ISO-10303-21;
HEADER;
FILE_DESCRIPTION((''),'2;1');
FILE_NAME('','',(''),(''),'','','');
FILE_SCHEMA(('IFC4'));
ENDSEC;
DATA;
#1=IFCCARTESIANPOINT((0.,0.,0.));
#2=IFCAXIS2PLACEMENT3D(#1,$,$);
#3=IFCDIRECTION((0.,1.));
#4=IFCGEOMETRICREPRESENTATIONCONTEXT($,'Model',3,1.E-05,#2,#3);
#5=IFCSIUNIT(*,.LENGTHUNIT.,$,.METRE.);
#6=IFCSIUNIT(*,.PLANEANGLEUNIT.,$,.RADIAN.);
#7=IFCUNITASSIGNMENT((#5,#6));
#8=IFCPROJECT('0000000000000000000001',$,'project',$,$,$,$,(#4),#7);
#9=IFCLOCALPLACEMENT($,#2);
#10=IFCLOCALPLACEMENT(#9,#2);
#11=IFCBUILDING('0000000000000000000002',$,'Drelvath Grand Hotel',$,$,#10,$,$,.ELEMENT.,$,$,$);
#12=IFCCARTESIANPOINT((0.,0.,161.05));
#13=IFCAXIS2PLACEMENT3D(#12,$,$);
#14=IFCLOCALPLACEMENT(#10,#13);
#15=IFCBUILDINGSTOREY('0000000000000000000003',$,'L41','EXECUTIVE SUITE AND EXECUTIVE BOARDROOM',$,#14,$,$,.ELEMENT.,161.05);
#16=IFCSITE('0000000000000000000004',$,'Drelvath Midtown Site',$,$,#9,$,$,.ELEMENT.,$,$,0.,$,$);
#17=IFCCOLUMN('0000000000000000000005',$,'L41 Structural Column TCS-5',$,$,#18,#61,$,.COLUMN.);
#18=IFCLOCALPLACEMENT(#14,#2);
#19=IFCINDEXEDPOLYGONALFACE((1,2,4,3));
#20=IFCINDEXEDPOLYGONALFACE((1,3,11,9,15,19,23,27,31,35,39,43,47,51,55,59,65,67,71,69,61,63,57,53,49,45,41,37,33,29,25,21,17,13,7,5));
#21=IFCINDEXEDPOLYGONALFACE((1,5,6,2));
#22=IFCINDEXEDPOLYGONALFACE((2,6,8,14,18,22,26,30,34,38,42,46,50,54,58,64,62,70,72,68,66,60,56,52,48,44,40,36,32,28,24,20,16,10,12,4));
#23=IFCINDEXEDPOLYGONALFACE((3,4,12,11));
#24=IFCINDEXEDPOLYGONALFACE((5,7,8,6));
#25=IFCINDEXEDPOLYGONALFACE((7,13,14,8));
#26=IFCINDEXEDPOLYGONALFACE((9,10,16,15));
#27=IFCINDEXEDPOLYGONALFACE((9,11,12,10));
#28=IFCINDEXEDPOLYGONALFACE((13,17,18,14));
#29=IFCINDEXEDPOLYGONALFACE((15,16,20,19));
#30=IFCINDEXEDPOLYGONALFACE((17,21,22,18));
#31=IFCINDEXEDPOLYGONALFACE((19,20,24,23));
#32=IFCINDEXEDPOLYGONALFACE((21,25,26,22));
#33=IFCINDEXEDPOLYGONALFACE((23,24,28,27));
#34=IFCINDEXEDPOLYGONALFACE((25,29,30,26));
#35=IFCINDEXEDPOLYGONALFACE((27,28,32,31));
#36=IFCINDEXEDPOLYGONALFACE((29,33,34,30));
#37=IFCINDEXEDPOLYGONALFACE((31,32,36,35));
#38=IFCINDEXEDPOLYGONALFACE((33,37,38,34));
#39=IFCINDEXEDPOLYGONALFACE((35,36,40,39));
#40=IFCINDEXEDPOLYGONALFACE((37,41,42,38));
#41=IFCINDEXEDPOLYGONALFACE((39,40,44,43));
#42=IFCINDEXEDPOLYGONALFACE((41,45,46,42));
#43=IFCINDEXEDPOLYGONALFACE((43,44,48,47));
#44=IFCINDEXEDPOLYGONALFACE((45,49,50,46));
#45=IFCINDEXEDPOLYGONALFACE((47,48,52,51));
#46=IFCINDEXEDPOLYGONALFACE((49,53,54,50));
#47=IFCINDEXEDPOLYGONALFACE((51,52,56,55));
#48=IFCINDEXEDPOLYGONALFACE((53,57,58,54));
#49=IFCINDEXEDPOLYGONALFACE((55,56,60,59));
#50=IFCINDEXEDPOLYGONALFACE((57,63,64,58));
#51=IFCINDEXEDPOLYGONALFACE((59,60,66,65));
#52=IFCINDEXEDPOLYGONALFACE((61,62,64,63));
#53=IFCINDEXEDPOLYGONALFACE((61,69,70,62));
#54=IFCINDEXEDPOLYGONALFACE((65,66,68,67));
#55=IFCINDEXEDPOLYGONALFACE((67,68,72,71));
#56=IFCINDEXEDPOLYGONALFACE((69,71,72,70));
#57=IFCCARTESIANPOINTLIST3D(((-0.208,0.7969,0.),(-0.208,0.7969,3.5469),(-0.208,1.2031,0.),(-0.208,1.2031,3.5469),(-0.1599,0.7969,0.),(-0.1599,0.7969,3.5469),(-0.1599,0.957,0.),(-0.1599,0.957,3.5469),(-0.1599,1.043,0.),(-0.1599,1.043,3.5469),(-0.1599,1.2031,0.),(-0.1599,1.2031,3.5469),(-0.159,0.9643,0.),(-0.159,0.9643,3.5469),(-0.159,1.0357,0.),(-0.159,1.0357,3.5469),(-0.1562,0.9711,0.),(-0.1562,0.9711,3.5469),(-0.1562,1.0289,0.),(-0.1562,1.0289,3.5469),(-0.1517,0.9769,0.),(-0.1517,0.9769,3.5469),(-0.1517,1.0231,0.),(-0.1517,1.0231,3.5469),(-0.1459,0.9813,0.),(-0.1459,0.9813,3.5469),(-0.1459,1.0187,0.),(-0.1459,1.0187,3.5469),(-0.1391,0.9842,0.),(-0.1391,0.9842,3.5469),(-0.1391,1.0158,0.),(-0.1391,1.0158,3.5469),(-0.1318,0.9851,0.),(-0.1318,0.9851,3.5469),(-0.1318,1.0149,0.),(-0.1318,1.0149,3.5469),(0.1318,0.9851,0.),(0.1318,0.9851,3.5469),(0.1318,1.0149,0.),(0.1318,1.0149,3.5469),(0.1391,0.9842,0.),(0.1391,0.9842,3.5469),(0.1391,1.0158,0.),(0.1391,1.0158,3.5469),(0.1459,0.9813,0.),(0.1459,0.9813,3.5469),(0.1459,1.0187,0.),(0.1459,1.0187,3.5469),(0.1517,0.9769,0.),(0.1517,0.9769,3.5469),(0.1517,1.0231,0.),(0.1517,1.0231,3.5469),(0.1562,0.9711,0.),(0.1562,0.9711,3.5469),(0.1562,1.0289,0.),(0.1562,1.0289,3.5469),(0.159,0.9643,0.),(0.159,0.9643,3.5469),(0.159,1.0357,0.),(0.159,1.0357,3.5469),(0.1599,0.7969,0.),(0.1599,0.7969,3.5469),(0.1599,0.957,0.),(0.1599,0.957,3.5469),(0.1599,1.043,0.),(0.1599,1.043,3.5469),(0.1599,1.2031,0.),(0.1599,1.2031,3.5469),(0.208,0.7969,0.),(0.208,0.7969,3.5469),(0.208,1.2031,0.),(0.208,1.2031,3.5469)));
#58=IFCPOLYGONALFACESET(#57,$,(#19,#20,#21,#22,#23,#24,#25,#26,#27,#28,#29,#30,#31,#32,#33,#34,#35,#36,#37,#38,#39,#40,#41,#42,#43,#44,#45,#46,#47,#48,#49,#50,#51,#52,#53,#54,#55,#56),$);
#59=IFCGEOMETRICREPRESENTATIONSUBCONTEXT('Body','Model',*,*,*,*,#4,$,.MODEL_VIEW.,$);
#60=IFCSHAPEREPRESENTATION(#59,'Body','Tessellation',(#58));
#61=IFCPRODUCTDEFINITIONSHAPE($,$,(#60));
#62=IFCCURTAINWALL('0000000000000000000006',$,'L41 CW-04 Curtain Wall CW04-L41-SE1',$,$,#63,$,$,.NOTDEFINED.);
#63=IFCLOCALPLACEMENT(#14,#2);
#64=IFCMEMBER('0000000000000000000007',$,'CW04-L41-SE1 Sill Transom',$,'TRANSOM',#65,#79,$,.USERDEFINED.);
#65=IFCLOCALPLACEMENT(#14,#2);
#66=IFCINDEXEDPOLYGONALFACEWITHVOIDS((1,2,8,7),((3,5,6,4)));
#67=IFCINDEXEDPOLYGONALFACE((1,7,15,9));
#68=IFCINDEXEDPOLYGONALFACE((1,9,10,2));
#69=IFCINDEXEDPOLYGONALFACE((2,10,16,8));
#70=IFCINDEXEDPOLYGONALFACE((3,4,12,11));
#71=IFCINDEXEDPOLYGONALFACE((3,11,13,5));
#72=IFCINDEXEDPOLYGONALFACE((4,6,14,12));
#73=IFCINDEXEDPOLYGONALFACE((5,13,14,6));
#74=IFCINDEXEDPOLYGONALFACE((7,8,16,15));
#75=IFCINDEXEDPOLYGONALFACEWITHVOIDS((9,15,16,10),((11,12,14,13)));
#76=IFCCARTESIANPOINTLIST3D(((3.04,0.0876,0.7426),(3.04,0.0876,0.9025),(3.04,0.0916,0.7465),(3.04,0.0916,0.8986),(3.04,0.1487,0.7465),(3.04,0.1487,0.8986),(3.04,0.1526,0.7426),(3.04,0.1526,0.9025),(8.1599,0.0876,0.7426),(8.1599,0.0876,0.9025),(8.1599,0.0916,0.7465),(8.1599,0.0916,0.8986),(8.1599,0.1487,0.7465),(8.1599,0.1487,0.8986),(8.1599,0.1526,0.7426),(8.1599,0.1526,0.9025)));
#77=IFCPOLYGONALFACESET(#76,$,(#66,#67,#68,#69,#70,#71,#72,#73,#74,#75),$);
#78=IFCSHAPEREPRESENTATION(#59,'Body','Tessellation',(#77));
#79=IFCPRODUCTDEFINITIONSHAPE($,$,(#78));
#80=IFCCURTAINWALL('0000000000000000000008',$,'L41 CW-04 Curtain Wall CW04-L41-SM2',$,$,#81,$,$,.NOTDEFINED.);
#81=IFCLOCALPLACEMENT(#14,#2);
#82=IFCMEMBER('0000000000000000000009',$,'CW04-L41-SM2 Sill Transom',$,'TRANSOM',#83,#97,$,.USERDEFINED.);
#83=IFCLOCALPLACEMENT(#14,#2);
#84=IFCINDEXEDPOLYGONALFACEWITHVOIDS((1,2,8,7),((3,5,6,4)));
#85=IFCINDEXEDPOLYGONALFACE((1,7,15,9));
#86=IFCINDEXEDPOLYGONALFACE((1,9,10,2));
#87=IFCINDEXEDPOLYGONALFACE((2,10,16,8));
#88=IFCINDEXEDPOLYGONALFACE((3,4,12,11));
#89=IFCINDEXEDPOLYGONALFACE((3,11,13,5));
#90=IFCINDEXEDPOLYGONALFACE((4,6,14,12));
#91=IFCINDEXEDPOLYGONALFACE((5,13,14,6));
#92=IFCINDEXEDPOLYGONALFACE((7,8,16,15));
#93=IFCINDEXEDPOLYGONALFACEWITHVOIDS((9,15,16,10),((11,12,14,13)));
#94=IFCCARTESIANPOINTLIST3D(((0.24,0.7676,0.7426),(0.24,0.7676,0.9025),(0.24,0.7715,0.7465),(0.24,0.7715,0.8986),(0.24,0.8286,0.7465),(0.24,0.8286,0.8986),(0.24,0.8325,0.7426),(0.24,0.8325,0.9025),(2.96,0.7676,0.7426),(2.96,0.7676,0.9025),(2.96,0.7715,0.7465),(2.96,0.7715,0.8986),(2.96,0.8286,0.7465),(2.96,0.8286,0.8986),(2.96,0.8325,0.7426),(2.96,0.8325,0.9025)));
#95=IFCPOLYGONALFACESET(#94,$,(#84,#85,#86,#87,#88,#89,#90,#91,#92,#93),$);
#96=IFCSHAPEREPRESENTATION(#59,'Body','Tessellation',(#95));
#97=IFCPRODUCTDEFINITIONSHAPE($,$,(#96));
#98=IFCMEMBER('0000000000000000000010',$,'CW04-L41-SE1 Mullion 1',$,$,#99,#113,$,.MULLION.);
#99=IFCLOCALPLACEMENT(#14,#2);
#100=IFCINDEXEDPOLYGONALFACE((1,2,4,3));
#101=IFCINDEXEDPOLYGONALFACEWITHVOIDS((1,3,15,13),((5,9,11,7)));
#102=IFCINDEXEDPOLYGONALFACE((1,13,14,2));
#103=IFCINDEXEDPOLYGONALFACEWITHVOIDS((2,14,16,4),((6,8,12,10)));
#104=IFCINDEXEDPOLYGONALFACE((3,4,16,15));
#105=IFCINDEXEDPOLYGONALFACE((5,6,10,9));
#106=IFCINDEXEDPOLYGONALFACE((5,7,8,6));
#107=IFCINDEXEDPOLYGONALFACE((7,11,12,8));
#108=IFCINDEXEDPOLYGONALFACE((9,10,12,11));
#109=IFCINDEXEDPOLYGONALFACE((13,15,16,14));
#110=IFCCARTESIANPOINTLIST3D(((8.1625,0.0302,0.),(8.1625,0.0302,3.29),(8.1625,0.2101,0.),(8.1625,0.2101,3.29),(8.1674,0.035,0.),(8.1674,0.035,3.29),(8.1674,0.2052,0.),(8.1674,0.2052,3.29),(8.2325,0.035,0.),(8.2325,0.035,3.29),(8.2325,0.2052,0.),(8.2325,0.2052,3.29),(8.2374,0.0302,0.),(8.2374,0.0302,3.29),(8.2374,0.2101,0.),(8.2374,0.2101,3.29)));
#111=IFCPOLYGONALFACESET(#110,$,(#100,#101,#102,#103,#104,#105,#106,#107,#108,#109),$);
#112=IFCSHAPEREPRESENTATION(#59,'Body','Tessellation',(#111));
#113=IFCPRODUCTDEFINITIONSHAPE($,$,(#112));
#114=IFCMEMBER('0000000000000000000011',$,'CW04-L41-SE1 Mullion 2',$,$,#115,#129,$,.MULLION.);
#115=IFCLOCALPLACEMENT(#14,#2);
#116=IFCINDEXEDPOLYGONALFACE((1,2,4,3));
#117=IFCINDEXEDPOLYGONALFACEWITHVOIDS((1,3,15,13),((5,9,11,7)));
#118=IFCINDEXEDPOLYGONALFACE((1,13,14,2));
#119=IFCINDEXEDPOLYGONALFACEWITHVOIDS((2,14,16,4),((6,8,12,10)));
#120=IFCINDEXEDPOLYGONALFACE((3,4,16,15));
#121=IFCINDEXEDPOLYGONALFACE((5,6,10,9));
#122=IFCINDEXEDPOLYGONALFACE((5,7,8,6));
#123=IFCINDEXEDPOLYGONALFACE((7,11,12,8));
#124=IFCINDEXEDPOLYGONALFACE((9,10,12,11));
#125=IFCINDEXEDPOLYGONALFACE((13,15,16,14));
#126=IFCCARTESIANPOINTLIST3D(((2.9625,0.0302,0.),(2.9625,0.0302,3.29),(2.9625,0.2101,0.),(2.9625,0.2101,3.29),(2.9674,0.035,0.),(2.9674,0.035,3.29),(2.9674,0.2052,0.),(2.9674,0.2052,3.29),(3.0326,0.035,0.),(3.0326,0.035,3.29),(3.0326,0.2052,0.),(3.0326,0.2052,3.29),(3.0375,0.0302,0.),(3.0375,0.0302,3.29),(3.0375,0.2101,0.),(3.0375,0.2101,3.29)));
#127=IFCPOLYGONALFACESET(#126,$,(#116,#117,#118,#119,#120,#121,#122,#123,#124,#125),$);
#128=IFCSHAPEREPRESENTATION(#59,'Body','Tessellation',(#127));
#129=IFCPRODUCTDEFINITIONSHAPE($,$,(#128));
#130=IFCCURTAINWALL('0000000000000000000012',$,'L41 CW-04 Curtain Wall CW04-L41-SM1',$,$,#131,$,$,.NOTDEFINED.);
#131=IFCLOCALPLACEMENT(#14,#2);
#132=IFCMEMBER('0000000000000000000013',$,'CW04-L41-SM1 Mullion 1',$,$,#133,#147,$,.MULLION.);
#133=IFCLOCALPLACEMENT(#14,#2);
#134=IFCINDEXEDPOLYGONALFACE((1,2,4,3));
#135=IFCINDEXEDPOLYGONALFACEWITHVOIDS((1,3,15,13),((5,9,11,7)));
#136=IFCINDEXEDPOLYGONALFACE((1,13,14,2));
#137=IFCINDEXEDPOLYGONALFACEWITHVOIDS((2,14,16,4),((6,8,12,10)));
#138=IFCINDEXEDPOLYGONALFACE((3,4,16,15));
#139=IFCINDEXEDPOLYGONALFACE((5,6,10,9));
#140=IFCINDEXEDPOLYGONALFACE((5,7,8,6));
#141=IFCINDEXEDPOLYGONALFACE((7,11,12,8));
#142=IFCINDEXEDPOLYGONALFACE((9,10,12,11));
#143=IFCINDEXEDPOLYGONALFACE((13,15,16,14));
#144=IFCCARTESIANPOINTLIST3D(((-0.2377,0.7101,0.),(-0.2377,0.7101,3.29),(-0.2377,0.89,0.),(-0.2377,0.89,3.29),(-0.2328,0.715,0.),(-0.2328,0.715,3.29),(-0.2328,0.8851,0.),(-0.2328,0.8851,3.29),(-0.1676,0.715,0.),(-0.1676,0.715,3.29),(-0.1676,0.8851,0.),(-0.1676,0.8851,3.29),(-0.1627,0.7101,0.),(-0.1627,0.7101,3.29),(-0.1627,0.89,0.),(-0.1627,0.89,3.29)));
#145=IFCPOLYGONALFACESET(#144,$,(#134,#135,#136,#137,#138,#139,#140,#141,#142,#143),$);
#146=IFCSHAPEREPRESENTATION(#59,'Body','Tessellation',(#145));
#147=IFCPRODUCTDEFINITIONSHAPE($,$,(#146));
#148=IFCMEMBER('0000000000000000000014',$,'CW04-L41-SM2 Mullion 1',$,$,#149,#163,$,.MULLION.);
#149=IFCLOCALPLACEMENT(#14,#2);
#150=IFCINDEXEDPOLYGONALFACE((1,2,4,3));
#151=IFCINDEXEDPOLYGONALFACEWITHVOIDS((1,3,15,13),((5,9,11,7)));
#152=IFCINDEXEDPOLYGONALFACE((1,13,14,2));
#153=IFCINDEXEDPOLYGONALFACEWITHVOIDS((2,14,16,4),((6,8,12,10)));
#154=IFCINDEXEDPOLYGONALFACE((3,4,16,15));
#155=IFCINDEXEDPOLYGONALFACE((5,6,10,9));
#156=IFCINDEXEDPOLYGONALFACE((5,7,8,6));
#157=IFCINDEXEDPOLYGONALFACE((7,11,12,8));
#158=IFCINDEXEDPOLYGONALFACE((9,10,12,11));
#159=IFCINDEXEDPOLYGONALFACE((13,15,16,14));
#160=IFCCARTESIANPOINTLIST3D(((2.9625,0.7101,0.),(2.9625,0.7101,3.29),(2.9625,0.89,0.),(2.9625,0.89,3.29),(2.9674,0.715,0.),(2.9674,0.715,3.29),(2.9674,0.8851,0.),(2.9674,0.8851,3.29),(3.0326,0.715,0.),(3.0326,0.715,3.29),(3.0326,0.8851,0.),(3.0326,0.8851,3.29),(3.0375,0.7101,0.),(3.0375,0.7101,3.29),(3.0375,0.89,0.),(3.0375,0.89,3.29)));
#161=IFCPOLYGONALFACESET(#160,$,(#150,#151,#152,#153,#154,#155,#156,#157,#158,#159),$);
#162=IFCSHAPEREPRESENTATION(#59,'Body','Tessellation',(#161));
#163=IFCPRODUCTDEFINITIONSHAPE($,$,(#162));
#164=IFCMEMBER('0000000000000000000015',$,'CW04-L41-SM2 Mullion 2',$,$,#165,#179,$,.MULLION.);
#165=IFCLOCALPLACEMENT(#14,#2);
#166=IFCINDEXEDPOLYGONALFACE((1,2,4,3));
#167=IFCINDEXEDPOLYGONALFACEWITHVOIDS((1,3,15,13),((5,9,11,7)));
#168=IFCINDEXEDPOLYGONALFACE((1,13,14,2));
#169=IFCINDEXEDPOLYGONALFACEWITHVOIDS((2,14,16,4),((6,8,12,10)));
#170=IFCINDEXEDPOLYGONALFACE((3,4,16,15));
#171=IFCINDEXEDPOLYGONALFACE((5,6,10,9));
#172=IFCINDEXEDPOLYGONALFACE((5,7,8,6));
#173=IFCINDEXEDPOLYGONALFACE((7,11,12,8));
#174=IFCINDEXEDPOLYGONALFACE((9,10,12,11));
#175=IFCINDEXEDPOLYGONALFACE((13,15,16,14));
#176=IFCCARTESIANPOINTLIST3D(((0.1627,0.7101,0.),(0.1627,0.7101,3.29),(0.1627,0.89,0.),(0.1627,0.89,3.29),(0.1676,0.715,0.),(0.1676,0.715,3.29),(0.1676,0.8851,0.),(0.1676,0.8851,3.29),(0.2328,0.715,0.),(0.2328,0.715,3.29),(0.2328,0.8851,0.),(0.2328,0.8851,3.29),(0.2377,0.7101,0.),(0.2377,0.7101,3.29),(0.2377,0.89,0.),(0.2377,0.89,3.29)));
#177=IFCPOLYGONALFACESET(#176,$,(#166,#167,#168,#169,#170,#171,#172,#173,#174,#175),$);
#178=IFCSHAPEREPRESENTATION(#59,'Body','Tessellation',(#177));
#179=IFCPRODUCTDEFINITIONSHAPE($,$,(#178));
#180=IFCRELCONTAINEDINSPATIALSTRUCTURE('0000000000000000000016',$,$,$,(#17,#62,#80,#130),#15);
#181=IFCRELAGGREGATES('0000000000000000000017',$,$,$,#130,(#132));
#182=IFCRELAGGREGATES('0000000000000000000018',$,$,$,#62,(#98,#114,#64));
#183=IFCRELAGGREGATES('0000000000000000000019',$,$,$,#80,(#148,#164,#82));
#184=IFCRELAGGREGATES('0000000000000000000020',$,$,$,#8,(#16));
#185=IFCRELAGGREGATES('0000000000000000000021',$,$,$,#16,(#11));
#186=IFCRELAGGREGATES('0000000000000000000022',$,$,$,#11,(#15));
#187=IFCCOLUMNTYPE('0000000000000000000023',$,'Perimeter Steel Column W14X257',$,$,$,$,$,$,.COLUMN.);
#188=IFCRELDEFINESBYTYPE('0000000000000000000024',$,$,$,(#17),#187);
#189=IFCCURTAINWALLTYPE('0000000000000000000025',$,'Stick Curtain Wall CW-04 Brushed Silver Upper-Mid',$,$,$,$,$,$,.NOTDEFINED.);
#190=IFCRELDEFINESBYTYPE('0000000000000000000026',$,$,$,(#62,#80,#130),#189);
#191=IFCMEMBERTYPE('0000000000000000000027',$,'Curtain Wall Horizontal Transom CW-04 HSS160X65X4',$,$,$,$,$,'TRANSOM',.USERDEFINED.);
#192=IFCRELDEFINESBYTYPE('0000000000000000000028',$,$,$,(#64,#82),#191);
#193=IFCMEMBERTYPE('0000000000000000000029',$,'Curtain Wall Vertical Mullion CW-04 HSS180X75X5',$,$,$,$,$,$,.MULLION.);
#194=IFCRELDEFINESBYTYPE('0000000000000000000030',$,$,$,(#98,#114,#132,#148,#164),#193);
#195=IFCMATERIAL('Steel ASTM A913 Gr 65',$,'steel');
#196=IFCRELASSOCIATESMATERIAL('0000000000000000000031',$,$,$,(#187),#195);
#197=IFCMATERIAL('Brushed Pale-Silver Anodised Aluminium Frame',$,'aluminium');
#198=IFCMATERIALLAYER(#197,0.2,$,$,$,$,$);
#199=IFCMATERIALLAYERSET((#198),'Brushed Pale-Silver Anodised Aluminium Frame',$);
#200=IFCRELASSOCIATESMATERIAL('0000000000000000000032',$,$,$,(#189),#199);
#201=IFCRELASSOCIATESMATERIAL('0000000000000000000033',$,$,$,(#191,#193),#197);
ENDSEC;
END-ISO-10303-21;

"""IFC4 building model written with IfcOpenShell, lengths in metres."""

from ifc_helpers import new_model, si_unit, direction, frame, origin, origin_2d, place, context, subcontext, project, spatial, hollow_rectangle, i_section, extrude, material, layer, layer_set, material_profile, profile_set, type_object, element, aggregate, save


model = new_model("IFC4")

# Units and contexts
model_context = context("Model", 3, precision=1e-05, world=origin(), true_north=direction((0.0, 1.0)))
body_context = subcontext(model_context, "Body", "Model", "MODEL_VIEW")
ifc_project = project(units=[si_unit("LENGTHUNIT", "METRE"), si_unit("PLANEANGLEUNIT", "RADIAN")], contexts=[model_context])

# Site, building, storey
site_placement = place(None, origin())
site = spatial("IfcSite", under=ifc_project, at=site_placement, Name="Drelvath Midtown Site", CompositionType="ELEMENT", RefElevation=0.0)
building_placement = place(site_placement, origin())
building = spatial("IfcBuilding", under=site, at=building_placement, Name="Drelvath Grand Hotel", CompositionType="ELEMENT")
storey_placement = place(building_placement, frame((0.0, 0.0, 161.05)))
storey = spatial("IfcBuildingStorey", under=building, at=storey_placement, Name="L41", Description="EXECUTIVE SUITE AND EXECUTIVE BOARDROOM", CompositionType="ELEMENT", Elevation=161.05)

# Column
ifc_material_1 = material(Name="Steel ASTM A913 Gr 65", Category="steel")
ifc_material_profile_1 = material_profile(ifc_material_1, i_section(OverallWidth=0.4062, OverallDepth=0.416, WebThickness=0.0298, FlangeThickness=0.0481, FilletRadius=0.0281, at=origin_2d()), Name="W14X257")
ifc_profile_set_1 = profile_set([ifc_material_profile_1], Name="Steel ASTM A913 Gr 65")
column_type = type_object("IfcColumnType", Name="Perimeter Steel Column W14X257", PredefinedType="COLUMN", material=ifc_profile_set_1)
column_placement = place(storey_placement, frame((0.0, 1.0, 0.0), z_axis=(0.0, 0.0, 1.0), x_axis=(0.0, 1.0, 0.0)))
element("IfcColumn", 1, at=column_placement, inside=storey, type_object=column_type, Name="L41 Structural Column TCS-5", PredefinedType="COLUMN", context=body_context, shape_type="SweptSolid", body=[
    extrude(i_section(OverallWidth=0.4062, OverallDepth=0.416, WebThickness=0.0298, FlangeThickness=0.0481, FilletRadius=0.0281, at=origin_2d()), origin(), (0.0, 0.0, 1.0), 3.5469),
])

# Curtain walls, members
ifc_material_2 = material(Name="Brushed Pale-Silver Anodised Aluminium Frame", Category="aluminium")
ifc_layer_1 = layer(ifc_material_2, 0.2)
ifc_layer_set_1 = layer_set([ifc_layer_1], Name="Brushed Pale-Silver Anodised Aluminium Frame")
curtain_wall_type = type_object("IfcCurtainWallType", Name="Stick Curtain Wall CW-04 Brushed Silver Upper-Mid", PredefinedType="NOTDEFINED", material=ifc_layer_set_1)
curtain_wall_1_placement = place(storey_placement, origin())
curtain_wall_1 = element("IfcCurtainWall", 2, at=curtain_wall_1_placement, inside=storey, type_object=curtain_wall_type, Name="L41 CW-04 Curtain Wall CW04-L41-SE1", PredefinedType="NOTDEFINED")
ifc_material_profile_2 = material_profile(ifc_material_2, hollow_rectangle(XDim=0.0649, YDim=0.1599, WallThickness=0.0039, at=origin_2d()), Name="HSS160X65X4")
ifc_profile_set_2 = profile_set([ifc_material_profile_2], Name="Brushed Pale-Silver Anodised Aluminium Frame")
member_type_1 = type_object("IfcMemberType", Name="Curtain Wall Horizontal Transom CW-04 HSS160X65X4", ElementType="TRANSOM", PredefinedType="USERDEFINED", material=ifc_profile_set_2)
member_1_placement = place(storey_placement, frame((8.1599, 0.1201, 0.8225), z_axis=(-1.0, 0.0, 0.0), x_axis=(0.0, -1.0, 0.0)))
member_1 = element("IfcMember", 3, at=member_1_placement, type_object=member_type_1, Name="CW04-L41-SE1 Sill Transom", ObjectType="TRANSOM", PredefinedType="USERDEFINED", context=body_context, shape_type="SweptSolid", body=[
    extrude(hollow_rectangle(XDim=0.0649, YDim=0.1599, WallThickness=0.0039, at=origin_2d()), origin(), (0.0, 0.0, 1.0), 5.1199),
])
curtain_wall_2_placement = place(storey_placement, origin())
curtain_wall_2 = element("IfcCurtainWall", 4, at=curtain_wall_2_placement, inside=storey, type_object=curtain_wall_type, Name="L41 CW-04 Curtain Wall CW04-L41-SM2", PredefinedType="NOTDEFINED")
member_2_placement = place(storey_placement, frame((2.96, 0.8, 0.8225), z_axis=(-1.0, 0.0, 0.0), x_axis=(0.0, -1.0, 0.0)))
member_2 = element("IfcMember", 5, at=member_2_placement, type_object=member_type_1, Name="CW04-L41-SM2 Sill Transom", ObjectType="TRANSOM", PredefinedType="USERDEFINED", context=body_context, shape_type="SweptSolid", body=[
    extrude(hollow_rectangle(XDim=0.0649, YDim=0.1599, WallThickness=0.0039, at=origin_2d()), origin(), (0.0, 0.0, 1.0), 2.72),
])

# Members
ifc_material_profile_3 = material_profile(ifc_material_2, hollow_rectangle(XDim=0.075, YDim=0.1799, WallThickness=0.0049, at=origin_2d()), Name="HSS180X75X5")
ifc_profile_set_3 = profile_set([ifc_material_profile_3], Name="Brushed Pale-Silver Anodised Aluminium Frame")
member_type_2 = type_object("IfcMemberType", Name="Curtain Wall Vertical Mullion CW-04 HSS180X75X5", PredefinedType="MULLION", material=ifc_profile_set_3)
member_3_placement = place(storey_placement, frame((8.2, 0.1201, 0.0), z_axis=(0.0, 0.0, 1.0), x_axis=(1.0, 0.0, 0.0)))
member_3 = element("IfcMember", 6, at=member_3_placement, type_object=member_type_2, Name="CW04-L41-SE1 Mullion 1", PredefinedType="MULLION", context=body_context, shape_type="SweptSolid", body=[
    extrude(hollow_rectangle(XDim=0.075, YDim=0.1799, WallThickness=0.0049, at=origin_2d()), origin(), (0.0, 0.0, 1.0), 3.29),
])
member_4_placement = place(storey_placement, frame((3.0, 0.1201, 0.0), z_axis=(0.0, 0.0, 1.0), x_axis=(1.0, 0.0, 0.0)))
member_4 = element("IfcMember", 7, at=member_4_placement, type_object=member_type_2, Name="CW04-L41-SE1 Mullion 2", PredefinedType="MULLION", context=body_context, shape_type="SweptSolid", body=[
    extrude(hollow_rectangle(XDim=0.075, YDim=0.1799, WallThickness=0.0049, at=origin_2d()), origin(), (0.0, 0.0, 1.0), 3.29),
])

# Curtain wall, member
curtain_wall_3_placement = place(storey_placement, origin())
curtain_wall_3 = element("IfcCurtainWall", 8, at=curtain_wall_3_placement, inside=storey, type_object=curtain_wall_type, Name="L41 CW-04 Curtain Wall CW04-L41-SM1", PredefinedType="NOTDEFINED")
member_5_placement = place(storey_placement, frame((-0.2002, 0.8, 0.0), z_axis=(0.0, 0.0, 1.0), x_axis=(1.0, 0.0, 0.0)))
member_5 = element("IfcMember", 9, at=member_5_placement, type_object=member_type_2, Name="CW04-L41-SM1 Mullion 1", PredefinedType="MULLION", context=body_context, shape_type="SweptSolid", body=[
    extrude(hollow_rectangle(XDim=0.075, YDim=0.1799, WallThickness=0.0049, at=origin_2d()), origin(), (0.0, 0.0, 1.0), 3.29),
])
aggregate(curtain_wall_3, [member_5])

# Members
member_6_placement = place(storey_placement, frame((3.0, 0.8, 0.0), z_axis=(0.0, 0.0, 1.0), x_axis=(1.0, 0.0, 0.0)))
member_6 = element("IfcMember", 10, at=member_6_placement, type_object=member_type_2, Name="CW04-L41-SM2 Mullion 1", PredefinedType="MULLION", context=body_context, shape_type="SweptSolid", body=[
    extrude(hollow_rectangle(XDim=0.075, YDim=0.1799, WallThickness=0.0049, at=origin_2d()), origin(), (0.0, 0.0, 1.0), 3.29),
])
member_7_placement = place(storey_placement, frame((0.2002, 0.8, 0.0), z_axis=(0.0, 0.0, 1.0), x_axis=(1.0, 0.0, 0.0)))
member_7 = element("IfcMember", 11, at=member_7_placement, type_object=member_type_2, Name="CW04-L41-SM2 Mullion 2", PredefinedType="MULLION", context=body_context, shape_type="SweptSolid", body=[
    extrude(hollow_rectangle(XDim=0.075, YDim=0.1799, WallThickness=0.0049, at=origin_2d()), origin(), (0.0, 0.0, 1.0), 3.29),
])

aggregate(curtain_wall_1, [member_3, member_4, member_1])
aggregate(curtain_wall_2, [member_6, member_7, member_2])

save(model, "model.ifc")
